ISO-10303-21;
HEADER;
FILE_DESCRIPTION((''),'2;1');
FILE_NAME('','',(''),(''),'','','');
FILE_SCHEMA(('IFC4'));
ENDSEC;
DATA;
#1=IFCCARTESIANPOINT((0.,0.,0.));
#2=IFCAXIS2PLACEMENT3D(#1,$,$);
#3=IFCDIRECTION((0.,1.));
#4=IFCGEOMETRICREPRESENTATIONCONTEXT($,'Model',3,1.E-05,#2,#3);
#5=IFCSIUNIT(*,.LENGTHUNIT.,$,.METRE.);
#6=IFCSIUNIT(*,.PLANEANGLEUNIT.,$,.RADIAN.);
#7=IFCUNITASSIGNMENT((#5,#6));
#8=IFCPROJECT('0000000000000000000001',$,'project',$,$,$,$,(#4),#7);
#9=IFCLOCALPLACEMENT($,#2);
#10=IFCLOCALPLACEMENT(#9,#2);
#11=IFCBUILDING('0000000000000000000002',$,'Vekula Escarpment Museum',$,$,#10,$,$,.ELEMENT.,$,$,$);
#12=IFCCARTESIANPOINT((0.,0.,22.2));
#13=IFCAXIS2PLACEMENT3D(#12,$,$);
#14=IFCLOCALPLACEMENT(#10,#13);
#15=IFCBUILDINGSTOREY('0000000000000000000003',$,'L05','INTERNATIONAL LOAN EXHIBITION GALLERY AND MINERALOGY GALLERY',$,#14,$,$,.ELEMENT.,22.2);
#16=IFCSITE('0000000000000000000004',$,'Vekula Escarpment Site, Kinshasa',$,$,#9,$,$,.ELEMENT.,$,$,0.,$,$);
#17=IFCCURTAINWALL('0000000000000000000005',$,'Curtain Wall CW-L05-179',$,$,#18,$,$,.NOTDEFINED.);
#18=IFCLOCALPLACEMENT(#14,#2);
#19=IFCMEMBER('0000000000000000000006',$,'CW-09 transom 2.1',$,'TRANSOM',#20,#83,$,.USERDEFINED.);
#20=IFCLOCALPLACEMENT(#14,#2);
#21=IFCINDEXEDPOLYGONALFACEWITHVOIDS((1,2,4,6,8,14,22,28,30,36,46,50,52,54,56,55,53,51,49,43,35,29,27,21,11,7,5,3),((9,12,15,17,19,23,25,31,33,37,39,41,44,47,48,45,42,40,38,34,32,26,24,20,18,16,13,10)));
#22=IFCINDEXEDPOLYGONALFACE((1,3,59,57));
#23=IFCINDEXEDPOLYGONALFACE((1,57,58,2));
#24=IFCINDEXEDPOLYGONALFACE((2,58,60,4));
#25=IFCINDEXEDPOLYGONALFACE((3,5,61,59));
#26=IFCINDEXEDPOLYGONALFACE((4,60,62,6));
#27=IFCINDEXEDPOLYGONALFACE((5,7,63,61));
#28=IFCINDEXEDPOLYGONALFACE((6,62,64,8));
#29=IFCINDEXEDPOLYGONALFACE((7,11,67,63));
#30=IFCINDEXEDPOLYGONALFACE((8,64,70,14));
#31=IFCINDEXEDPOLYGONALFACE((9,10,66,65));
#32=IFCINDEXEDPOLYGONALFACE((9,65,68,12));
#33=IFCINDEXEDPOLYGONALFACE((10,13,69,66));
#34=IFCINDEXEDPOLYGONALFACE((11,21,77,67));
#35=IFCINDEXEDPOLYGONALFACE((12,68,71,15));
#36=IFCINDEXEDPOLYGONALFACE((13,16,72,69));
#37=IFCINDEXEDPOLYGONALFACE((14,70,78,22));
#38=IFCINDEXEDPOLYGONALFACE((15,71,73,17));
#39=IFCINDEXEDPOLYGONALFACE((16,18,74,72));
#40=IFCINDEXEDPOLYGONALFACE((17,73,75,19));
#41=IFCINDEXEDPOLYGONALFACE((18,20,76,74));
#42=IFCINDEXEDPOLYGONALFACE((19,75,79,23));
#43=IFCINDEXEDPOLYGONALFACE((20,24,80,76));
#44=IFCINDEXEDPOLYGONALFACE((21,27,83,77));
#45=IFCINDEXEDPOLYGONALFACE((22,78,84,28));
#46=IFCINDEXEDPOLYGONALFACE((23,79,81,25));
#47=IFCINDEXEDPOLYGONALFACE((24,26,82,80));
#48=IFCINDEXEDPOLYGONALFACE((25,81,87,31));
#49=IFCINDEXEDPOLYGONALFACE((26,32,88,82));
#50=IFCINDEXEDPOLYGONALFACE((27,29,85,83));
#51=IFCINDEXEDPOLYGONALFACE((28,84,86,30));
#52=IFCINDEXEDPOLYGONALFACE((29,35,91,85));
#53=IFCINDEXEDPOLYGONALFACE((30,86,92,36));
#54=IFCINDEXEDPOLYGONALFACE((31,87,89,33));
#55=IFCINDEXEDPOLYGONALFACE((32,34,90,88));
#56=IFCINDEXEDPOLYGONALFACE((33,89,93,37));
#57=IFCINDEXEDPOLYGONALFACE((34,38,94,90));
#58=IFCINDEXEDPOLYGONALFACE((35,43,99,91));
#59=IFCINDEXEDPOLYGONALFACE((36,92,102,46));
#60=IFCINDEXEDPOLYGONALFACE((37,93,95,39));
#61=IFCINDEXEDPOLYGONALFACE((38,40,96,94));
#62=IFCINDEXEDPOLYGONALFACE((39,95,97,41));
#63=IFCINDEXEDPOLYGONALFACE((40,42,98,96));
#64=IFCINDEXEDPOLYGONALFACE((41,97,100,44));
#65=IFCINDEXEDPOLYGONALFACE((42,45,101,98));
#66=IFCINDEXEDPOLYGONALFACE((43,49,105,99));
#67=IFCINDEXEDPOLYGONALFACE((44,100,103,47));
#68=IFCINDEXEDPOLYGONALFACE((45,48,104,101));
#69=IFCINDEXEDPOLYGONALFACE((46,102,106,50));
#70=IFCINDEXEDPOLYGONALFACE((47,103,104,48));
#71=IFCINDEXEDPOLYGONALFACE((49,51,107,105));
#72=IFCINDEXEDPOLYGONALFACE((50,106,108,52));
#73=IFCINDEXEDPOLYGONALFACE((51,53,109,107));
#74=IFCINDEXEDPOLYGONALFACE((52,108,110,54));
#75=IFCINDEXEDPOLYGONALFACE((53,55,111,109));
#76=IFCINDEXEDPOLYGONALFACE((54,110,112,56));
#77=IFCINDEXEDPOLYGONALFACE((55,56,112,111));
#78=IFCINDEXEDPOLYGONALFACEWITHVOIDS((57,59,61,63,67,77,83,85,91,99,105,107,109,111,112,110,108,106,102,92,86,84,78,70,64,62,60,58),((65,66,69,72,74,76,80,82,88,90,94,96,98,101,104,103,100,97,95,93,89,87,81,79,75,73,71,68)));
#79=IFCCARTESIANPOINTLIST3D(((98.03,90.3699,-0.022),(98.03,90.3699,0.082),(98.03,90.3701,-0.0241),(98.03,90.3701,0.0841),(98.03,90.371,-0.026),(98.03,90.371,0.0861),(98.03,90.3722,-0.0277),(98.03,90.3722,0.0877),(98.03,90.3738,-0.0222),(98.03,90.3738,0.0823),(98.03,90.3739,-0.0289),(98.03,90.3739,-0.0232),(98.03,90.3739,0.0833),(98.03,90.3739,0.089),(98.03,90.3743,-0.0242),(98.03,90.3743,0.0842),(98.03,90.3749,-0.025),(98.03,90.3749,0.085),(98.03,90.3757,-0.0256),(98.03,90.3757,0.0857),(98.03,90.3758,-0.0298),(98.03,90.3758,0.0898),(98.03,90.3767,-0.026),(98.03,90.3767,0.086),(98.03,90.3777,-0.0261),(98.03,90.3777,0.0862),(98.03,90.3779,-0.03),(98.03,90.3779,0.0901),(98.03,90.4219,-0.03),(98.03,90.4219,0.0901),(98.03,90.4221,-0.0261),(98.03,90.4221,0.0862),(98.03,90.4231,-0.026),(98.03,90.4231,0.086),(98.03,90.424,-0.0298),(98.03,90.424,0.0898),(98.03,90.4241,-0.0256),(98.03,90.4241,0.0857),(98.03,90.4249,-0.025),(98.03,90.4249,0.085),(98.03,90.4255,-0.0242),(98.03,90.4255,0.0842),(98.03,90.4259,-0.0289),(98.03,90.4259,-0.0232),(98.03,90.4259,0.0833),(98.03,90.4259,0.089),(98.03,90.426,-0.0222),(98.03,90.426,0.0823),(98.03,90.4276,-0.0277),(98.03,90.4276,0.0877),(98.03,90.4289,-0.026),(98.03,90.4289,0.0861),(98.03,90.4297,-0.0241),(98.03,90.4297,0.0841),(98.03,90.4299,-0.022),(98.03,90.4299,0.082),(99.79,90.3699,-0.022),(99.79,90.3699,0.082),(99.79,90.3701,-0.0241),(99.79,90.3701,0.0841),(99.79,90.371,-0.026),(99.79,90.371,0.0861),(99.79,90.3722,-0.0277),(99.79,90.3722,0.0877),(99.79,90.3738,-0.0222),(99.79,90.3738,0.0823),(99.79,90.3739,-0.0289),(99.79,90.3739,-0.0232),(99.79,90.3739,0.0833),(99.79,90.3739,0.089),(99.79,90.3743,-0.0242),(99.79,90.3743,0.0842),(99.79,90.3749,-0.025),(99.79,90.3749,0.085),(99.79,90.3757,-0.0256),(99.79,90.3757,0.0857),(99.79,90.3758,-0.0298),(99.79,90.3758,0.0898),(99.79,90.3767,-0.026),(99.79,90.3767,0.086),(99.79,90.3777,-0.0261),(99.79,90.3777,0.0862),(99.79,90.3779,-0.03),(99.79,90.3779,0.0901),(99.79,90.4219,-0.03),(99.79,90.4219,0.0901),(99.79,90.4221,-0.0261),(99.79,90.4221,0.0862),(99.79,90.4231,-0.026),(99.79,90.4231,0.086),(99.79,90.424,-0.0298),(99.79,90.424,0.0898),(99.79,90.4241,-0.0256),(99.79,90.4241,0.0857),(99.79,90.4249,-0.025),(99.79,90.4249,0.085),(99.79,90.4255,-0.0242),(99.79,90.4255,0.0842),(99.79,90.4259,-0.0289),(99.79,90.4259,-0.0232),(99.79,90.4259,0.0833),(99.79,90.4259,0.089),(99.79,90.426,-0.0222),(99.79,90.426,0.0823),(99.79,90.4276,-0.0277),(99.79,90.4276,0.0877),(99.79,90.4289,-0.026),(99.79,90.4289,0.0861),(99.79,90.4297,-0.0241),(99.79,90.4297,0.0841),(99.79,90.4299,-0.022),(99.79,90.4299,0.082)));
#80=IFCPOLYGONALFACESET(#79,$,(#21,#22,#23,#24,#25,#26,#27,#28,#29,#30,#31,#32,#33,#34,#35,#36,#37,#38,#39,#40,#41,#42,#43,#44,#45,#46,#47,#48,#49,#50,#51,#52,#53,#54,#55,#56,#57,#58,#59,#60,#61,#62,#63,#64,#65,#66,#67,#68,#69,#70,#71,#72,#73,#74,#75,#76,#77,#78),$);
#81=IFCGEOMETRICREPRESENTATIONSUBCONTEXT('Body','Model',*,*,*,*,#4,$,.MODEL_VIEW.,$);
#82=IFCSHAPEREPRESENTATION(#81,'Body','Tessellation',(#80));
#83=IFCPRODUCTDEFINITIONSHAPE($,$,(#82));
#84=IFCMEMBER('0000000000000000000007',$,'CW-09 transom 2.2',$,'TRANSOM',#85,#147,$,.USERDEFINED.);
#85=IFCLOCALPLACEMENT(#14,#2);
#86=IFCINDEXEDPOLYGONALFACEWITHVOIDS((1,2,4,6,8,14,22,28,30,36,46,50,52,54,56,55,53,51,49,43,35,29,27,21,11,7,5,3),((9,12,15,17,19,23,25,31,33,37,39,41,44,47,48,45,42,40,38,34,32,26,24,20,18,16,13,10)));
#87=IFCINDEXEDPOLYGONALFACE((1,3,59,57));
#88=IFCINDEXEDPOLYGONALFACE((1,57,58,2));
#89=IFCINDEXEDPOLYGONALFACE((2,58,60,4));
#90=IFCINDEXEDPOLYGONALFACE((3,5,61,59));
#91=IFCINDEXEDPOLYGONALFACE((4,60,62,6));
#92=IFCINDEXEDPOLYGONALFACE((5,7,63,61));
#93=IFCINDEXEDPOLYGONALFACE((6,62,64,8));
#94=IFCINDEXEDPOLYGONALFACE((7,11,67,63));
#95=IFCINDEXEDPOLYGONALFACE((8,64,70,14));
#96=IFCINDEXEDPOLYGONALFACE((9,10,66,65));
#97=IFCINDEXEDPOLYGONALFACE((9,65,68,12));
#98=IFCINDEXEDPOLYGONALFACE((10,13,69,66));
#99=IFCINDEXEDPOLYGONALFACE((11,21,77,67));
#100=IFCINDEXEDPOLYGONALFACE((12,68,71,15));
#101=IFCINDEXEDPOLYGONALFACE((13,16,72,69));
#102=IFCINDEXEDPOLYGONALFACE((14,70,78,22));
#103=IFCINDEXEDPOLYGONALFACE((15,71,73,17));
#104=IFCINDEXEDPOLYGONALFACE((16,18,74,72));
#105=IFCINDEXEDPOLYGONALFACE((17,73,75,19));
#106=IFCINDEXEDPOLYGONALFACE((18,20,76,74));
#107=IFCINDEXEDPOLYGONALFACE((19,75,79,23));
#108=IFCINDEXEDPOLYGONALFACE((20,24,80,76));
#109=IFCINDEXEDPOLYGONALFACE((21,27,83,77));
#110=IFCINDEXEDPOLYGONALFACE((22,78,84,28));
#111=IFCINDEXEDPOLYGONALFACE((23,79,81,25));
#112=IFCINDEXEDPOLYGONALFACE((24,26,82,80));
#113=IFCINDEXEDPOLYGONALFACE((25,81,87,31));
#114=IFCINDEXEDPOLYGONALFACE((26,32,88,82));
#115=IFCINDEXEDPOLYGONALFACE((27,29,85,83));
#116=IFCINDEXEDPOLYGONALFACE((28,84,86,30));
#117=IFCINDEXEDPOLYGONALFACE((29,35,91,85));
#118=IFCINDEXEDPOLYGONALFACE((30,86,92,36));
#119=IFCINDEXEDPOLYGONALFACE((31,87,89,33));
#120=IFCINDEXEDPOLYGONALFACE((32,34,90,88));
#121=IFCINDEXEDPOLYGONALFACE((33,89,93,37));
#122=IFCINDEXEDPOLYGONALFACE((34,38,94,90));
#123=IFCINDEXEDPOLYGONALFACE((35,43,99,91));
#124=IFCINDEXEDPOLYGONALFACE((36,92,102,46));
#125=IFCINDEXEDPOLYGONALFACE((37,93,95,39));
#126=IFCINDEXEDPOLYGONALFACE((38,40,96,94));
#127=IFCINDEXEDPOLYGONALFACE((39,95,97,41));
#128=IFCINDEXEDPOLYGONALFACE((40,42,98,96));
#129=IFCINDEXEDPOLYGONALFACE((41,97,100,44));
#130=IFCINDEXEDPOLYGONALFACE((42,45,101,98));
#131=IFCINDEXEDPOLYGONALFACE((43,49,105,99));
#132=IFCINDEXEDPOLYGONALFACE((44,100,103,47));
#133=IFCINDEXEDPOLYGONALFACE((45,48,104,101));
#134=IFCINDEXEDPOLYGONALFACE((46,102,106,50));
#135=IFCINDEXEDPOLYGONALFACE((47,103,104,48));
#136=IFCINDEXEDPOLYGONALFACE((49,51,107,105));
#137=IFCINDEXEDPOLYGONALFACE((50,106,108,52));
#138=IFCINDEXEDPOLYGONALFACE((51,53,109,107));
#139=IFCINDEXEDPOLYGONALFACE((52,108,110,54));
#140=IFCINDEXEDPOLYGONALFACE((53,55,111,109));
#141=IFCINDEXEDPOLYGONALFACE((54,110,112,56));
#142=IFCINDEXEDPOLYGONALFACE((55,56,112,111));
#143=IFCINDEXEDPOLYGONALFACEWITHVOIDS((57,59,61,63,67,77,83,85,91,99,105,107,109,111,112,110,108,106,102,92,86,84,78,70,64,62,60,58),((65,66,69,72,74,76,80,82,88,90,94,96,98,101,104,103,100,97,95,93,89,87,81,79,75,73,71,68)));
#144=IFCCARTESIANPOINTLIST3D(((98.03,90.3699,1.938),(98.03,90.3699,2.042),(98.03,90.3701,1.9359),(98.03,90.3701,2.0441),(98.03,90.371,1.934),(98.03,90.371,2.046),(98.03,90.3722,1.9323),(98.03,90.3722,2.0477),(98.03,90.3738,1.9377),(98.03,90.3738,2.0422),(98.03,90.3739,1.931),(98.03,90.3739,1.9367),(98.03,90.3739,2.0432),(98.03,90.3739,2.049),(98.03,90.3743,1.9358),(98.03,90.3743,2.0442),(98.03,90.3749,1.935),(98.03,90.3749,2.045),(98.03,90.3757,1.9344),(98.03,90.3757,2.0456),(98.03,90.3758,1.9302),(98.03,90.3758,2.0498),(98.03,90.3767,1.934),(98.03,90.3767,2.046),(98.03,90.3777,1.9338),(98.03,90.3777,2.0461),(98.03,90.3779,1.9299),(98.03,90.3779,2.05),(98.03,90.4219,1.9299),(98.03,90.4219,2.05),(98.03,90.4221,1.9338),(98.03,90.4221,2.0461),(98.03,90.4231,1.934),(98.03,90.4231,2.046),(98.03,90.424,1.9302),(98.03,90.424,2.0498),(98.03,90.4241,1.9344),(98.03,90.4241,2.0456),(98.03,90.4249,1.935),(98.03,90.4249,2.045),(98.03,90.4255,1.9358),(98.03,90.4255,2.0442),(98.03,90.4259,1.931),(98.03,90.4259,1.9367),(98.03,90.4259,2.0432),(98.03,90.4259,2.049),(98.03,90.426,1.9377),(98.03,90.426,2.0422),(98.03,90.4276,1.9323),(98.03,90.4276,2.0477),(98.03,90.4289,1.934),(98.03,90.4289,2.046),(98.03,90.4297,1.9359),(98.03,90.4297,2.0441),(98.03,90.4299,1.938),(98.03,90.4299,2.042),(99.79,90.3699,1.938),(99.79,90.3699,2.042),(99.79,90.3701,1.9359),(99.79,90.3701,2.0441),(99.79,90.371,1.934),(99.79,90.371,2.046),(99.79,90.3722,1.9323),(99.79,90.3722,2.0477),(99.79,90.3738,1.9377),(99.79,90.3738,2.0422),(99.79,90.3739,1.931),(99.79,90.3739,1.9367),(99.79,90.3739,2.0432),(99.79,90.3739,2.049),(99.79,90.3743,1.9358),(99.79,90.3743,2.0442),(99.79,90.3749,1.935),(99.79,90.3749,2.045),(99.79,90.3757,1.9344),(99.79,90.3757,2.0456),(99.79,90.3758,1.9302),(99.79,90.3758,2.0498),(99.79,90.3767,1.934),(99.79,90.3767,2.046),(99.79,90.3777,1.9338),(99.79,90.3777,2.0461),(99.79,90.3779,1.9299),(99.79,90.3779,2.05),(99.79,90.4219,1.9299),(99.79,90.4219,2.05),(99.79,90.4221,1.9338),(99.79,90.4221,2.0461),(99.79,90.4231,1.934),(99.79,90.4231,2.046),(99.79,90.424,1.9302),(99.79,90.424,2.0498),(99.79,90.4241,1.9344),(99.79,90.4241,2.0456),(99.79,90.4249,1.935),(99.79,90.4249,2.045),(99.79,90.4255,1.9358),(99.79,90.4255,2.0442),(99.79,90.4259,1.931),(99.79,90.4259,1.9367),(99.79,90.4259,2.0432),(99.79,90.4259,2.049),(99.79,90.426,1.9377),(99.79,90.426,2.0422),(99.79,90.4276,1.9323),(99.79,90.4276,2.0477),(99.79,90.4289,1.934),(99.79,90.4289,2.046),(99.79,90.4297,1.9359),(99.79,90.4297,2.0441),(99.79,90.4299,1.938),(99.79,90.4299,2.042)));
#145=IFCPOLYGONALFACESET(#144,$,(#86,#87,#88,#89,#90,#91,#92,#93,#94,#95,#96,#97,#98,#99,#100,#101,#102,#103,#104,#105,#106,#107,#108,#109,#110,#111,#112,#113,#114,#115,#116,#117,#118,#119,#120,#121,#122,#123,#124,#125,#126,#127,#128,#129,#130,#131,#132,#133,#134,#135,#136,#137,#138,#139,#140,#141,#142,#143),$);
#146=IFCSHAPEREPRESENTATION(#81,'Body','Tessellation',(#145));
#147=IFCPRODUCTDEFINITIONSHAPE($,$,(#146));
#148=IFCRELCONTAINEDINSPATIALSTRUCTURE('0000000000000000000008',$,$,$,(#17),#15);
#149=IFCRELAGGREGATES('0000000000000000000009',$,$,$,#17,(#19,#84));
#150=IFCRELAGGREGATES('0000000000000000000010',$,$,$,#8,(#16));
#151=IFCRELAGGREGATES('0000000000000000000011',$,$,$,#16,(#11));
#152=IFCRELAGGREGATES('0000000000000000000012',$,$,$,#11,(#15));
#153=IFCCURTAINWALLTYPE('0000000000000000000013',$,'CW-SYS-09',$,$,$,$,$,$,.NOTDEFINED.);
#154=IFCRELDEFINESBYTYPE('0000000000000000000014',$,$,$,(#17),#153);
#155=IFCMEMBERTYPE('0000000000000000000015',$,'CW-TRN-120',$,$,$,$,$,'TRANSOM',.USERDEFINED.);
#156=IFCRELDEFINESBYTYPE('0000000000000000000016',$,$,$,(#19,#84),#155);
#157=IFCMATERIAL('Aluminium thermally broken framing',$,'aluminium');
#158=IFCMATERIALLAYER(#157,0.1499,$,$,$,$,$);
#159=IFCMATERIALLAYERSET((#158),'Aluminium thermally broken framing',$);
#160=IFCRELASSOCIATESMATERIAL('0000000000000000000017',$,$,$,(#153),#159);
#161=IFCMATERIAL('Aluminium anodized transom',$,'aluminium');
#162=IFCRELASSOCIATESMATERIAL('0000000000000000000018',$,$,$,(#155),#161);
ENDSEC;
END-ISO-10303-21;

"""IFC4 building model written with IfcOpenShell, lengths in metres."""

from ifc_helpers import new_model, si_unit, direction, frame, origin, origin_2d, place, context, subcontext, project, spatial, hollow_rectangle, extrude, material, layer, layer_set, material_profile, profile_set, type_object, element, aggregate, save


model = new_model("IFC4")

# Units and contexts
model_context = context("Model", 3, precision=1e-05, world=origin(), true_north=direction((0.0, 1.0)))
body_context = subcontext(model_context, "Body", "Model", "MODEL_VIEW")
ifc_project = project(units=[si_unit("LENGTHUNIT", "METRE"), si_unit("PLANEANGLEUNIT", "RADIAN")], contexts=[model_context])

# Site, building, storey
site_placement = place(None, origin())
site = spatial("IfcSite", under=ifc_project, at=site_placement, Name="Vekula Escarpment Site, Kinshasa", CompositionType="ELEMENT", RefElevation=0.0)
building_placement = place(site_placement, origin())
building = spatial("IfcBuilding", under=site, at=building_placement, Name="Vekula Escarpment Museum", CompositionType="ELEMENT")
storey_placement = place(building_placement, frame((0.0, 0.0, 22.2)))
storey = spatial("IfcBuildingStorey", under=building, at=storey_placement, Name="L05", Description="INTERNATIONAL LOAN EXHIBITION GALLERY AND MINERALOGY GALLERY", CompositionType="ELEMENT", Elevation=22.2)

# Curtain wall, members
ifc_material_1 = material(Name="Aluminium thermally broken framing", Category="aluminium")
ifc_layer_1 = layer(ifc_material_1, 0.1499)
ifc_layer_set_1 = layer_set([ifc_layer_1], Name="Aluminium thermally broken framing")
curtain_wall_type_1 = type_object("IfcCurtainWallType", Name="CW-SYS-09", PredefinedType="NOTDEFINED", material=ifc_layer_set_1)
curtain_wall_1_placement = place(storey_placement, origin())
curtain_wall_1 = element("IfcCurtainWall", 1, at=curtain_wall_1_placement, inside=storey, type_object=curtain_wall_type_1, Name="Curtain Wall CW-L05-179", PredefinedType="NOTDEFINED")
ifc_material_2 = material(Name="Aluminium anodized transom", Category="aluminium")
ifc_material_profile_1 = material_profile(ifc_material_2, hollow_rectangle(XDim=0.0601, YDim=0.1201, WallThickness=0.0039, InnerFilletRadius=0.0039, OuterFilletRadius=0.0081, at=origin_2d()), Name="ALU 120x60x4")
ifc_profile_set_1 = profile_set([ifc_material_profile_1], Name="Aluminium anodized transom")
member_type_1 = type_object("IfcMemberType", Name="CW-TRN-120", ElementType="TRANSOM", PredefinedType="USERDEFINED", material=ifc_profile_set_1)
member_1_placement = place(storey_placement, frame((99.79, 90.3999, 0.03), z_axis=(-1.0, 0.0, 0.0), x_axis=(0.0, -1.0, 0.0)))
member_1 = element("IfcMember", 2, at=member_1_placement, type_object=member_type_1, Name="CW-09 transom 2.1", ObjectType="TRANSOM", PredefinedType="USERDEFINED", context=body_context, shape_type="SweptSolid", body=[
    extrude(hollow_rectangle(XDim=0.0601, YDim=0.1201, WallThickness=0.0039, InnerFilletRadius=0.0039, OuterFilletRadius=0.0081, at=origin_2d()), origin(), (0.0, 0.0, 1.0), 1.76),
])
member_2_placement = place(storey_placement, frame((99.79, 90.3999, 1.99), z_axis=(-1.0, 0.0, 0.0), x_axis=(0.0, -1.0, 0.0)))
member_2 = element("IfcMember", 3, at=member_2_placement, type_object=member_type_1, Name="CW-09 transom 2.2", ObjectType="TRANSOM", PredefinedType="USERDEFINED", context=body_context, shape_type="SweptSolid", body=[
    extrude(hollow_rectangle(XDim=0.0601, YDim=0.1201, WallThickness=0.0039, InnerFilletRadius=0.0039, OuterFilletRadius=0.0081, at=origin_2d()), origin(), (0.0, 0.0, 1.0), 1.76),
])

aggregate(curtain_wall_1, [member_1, member_2])

save(model, "model.ifc")
